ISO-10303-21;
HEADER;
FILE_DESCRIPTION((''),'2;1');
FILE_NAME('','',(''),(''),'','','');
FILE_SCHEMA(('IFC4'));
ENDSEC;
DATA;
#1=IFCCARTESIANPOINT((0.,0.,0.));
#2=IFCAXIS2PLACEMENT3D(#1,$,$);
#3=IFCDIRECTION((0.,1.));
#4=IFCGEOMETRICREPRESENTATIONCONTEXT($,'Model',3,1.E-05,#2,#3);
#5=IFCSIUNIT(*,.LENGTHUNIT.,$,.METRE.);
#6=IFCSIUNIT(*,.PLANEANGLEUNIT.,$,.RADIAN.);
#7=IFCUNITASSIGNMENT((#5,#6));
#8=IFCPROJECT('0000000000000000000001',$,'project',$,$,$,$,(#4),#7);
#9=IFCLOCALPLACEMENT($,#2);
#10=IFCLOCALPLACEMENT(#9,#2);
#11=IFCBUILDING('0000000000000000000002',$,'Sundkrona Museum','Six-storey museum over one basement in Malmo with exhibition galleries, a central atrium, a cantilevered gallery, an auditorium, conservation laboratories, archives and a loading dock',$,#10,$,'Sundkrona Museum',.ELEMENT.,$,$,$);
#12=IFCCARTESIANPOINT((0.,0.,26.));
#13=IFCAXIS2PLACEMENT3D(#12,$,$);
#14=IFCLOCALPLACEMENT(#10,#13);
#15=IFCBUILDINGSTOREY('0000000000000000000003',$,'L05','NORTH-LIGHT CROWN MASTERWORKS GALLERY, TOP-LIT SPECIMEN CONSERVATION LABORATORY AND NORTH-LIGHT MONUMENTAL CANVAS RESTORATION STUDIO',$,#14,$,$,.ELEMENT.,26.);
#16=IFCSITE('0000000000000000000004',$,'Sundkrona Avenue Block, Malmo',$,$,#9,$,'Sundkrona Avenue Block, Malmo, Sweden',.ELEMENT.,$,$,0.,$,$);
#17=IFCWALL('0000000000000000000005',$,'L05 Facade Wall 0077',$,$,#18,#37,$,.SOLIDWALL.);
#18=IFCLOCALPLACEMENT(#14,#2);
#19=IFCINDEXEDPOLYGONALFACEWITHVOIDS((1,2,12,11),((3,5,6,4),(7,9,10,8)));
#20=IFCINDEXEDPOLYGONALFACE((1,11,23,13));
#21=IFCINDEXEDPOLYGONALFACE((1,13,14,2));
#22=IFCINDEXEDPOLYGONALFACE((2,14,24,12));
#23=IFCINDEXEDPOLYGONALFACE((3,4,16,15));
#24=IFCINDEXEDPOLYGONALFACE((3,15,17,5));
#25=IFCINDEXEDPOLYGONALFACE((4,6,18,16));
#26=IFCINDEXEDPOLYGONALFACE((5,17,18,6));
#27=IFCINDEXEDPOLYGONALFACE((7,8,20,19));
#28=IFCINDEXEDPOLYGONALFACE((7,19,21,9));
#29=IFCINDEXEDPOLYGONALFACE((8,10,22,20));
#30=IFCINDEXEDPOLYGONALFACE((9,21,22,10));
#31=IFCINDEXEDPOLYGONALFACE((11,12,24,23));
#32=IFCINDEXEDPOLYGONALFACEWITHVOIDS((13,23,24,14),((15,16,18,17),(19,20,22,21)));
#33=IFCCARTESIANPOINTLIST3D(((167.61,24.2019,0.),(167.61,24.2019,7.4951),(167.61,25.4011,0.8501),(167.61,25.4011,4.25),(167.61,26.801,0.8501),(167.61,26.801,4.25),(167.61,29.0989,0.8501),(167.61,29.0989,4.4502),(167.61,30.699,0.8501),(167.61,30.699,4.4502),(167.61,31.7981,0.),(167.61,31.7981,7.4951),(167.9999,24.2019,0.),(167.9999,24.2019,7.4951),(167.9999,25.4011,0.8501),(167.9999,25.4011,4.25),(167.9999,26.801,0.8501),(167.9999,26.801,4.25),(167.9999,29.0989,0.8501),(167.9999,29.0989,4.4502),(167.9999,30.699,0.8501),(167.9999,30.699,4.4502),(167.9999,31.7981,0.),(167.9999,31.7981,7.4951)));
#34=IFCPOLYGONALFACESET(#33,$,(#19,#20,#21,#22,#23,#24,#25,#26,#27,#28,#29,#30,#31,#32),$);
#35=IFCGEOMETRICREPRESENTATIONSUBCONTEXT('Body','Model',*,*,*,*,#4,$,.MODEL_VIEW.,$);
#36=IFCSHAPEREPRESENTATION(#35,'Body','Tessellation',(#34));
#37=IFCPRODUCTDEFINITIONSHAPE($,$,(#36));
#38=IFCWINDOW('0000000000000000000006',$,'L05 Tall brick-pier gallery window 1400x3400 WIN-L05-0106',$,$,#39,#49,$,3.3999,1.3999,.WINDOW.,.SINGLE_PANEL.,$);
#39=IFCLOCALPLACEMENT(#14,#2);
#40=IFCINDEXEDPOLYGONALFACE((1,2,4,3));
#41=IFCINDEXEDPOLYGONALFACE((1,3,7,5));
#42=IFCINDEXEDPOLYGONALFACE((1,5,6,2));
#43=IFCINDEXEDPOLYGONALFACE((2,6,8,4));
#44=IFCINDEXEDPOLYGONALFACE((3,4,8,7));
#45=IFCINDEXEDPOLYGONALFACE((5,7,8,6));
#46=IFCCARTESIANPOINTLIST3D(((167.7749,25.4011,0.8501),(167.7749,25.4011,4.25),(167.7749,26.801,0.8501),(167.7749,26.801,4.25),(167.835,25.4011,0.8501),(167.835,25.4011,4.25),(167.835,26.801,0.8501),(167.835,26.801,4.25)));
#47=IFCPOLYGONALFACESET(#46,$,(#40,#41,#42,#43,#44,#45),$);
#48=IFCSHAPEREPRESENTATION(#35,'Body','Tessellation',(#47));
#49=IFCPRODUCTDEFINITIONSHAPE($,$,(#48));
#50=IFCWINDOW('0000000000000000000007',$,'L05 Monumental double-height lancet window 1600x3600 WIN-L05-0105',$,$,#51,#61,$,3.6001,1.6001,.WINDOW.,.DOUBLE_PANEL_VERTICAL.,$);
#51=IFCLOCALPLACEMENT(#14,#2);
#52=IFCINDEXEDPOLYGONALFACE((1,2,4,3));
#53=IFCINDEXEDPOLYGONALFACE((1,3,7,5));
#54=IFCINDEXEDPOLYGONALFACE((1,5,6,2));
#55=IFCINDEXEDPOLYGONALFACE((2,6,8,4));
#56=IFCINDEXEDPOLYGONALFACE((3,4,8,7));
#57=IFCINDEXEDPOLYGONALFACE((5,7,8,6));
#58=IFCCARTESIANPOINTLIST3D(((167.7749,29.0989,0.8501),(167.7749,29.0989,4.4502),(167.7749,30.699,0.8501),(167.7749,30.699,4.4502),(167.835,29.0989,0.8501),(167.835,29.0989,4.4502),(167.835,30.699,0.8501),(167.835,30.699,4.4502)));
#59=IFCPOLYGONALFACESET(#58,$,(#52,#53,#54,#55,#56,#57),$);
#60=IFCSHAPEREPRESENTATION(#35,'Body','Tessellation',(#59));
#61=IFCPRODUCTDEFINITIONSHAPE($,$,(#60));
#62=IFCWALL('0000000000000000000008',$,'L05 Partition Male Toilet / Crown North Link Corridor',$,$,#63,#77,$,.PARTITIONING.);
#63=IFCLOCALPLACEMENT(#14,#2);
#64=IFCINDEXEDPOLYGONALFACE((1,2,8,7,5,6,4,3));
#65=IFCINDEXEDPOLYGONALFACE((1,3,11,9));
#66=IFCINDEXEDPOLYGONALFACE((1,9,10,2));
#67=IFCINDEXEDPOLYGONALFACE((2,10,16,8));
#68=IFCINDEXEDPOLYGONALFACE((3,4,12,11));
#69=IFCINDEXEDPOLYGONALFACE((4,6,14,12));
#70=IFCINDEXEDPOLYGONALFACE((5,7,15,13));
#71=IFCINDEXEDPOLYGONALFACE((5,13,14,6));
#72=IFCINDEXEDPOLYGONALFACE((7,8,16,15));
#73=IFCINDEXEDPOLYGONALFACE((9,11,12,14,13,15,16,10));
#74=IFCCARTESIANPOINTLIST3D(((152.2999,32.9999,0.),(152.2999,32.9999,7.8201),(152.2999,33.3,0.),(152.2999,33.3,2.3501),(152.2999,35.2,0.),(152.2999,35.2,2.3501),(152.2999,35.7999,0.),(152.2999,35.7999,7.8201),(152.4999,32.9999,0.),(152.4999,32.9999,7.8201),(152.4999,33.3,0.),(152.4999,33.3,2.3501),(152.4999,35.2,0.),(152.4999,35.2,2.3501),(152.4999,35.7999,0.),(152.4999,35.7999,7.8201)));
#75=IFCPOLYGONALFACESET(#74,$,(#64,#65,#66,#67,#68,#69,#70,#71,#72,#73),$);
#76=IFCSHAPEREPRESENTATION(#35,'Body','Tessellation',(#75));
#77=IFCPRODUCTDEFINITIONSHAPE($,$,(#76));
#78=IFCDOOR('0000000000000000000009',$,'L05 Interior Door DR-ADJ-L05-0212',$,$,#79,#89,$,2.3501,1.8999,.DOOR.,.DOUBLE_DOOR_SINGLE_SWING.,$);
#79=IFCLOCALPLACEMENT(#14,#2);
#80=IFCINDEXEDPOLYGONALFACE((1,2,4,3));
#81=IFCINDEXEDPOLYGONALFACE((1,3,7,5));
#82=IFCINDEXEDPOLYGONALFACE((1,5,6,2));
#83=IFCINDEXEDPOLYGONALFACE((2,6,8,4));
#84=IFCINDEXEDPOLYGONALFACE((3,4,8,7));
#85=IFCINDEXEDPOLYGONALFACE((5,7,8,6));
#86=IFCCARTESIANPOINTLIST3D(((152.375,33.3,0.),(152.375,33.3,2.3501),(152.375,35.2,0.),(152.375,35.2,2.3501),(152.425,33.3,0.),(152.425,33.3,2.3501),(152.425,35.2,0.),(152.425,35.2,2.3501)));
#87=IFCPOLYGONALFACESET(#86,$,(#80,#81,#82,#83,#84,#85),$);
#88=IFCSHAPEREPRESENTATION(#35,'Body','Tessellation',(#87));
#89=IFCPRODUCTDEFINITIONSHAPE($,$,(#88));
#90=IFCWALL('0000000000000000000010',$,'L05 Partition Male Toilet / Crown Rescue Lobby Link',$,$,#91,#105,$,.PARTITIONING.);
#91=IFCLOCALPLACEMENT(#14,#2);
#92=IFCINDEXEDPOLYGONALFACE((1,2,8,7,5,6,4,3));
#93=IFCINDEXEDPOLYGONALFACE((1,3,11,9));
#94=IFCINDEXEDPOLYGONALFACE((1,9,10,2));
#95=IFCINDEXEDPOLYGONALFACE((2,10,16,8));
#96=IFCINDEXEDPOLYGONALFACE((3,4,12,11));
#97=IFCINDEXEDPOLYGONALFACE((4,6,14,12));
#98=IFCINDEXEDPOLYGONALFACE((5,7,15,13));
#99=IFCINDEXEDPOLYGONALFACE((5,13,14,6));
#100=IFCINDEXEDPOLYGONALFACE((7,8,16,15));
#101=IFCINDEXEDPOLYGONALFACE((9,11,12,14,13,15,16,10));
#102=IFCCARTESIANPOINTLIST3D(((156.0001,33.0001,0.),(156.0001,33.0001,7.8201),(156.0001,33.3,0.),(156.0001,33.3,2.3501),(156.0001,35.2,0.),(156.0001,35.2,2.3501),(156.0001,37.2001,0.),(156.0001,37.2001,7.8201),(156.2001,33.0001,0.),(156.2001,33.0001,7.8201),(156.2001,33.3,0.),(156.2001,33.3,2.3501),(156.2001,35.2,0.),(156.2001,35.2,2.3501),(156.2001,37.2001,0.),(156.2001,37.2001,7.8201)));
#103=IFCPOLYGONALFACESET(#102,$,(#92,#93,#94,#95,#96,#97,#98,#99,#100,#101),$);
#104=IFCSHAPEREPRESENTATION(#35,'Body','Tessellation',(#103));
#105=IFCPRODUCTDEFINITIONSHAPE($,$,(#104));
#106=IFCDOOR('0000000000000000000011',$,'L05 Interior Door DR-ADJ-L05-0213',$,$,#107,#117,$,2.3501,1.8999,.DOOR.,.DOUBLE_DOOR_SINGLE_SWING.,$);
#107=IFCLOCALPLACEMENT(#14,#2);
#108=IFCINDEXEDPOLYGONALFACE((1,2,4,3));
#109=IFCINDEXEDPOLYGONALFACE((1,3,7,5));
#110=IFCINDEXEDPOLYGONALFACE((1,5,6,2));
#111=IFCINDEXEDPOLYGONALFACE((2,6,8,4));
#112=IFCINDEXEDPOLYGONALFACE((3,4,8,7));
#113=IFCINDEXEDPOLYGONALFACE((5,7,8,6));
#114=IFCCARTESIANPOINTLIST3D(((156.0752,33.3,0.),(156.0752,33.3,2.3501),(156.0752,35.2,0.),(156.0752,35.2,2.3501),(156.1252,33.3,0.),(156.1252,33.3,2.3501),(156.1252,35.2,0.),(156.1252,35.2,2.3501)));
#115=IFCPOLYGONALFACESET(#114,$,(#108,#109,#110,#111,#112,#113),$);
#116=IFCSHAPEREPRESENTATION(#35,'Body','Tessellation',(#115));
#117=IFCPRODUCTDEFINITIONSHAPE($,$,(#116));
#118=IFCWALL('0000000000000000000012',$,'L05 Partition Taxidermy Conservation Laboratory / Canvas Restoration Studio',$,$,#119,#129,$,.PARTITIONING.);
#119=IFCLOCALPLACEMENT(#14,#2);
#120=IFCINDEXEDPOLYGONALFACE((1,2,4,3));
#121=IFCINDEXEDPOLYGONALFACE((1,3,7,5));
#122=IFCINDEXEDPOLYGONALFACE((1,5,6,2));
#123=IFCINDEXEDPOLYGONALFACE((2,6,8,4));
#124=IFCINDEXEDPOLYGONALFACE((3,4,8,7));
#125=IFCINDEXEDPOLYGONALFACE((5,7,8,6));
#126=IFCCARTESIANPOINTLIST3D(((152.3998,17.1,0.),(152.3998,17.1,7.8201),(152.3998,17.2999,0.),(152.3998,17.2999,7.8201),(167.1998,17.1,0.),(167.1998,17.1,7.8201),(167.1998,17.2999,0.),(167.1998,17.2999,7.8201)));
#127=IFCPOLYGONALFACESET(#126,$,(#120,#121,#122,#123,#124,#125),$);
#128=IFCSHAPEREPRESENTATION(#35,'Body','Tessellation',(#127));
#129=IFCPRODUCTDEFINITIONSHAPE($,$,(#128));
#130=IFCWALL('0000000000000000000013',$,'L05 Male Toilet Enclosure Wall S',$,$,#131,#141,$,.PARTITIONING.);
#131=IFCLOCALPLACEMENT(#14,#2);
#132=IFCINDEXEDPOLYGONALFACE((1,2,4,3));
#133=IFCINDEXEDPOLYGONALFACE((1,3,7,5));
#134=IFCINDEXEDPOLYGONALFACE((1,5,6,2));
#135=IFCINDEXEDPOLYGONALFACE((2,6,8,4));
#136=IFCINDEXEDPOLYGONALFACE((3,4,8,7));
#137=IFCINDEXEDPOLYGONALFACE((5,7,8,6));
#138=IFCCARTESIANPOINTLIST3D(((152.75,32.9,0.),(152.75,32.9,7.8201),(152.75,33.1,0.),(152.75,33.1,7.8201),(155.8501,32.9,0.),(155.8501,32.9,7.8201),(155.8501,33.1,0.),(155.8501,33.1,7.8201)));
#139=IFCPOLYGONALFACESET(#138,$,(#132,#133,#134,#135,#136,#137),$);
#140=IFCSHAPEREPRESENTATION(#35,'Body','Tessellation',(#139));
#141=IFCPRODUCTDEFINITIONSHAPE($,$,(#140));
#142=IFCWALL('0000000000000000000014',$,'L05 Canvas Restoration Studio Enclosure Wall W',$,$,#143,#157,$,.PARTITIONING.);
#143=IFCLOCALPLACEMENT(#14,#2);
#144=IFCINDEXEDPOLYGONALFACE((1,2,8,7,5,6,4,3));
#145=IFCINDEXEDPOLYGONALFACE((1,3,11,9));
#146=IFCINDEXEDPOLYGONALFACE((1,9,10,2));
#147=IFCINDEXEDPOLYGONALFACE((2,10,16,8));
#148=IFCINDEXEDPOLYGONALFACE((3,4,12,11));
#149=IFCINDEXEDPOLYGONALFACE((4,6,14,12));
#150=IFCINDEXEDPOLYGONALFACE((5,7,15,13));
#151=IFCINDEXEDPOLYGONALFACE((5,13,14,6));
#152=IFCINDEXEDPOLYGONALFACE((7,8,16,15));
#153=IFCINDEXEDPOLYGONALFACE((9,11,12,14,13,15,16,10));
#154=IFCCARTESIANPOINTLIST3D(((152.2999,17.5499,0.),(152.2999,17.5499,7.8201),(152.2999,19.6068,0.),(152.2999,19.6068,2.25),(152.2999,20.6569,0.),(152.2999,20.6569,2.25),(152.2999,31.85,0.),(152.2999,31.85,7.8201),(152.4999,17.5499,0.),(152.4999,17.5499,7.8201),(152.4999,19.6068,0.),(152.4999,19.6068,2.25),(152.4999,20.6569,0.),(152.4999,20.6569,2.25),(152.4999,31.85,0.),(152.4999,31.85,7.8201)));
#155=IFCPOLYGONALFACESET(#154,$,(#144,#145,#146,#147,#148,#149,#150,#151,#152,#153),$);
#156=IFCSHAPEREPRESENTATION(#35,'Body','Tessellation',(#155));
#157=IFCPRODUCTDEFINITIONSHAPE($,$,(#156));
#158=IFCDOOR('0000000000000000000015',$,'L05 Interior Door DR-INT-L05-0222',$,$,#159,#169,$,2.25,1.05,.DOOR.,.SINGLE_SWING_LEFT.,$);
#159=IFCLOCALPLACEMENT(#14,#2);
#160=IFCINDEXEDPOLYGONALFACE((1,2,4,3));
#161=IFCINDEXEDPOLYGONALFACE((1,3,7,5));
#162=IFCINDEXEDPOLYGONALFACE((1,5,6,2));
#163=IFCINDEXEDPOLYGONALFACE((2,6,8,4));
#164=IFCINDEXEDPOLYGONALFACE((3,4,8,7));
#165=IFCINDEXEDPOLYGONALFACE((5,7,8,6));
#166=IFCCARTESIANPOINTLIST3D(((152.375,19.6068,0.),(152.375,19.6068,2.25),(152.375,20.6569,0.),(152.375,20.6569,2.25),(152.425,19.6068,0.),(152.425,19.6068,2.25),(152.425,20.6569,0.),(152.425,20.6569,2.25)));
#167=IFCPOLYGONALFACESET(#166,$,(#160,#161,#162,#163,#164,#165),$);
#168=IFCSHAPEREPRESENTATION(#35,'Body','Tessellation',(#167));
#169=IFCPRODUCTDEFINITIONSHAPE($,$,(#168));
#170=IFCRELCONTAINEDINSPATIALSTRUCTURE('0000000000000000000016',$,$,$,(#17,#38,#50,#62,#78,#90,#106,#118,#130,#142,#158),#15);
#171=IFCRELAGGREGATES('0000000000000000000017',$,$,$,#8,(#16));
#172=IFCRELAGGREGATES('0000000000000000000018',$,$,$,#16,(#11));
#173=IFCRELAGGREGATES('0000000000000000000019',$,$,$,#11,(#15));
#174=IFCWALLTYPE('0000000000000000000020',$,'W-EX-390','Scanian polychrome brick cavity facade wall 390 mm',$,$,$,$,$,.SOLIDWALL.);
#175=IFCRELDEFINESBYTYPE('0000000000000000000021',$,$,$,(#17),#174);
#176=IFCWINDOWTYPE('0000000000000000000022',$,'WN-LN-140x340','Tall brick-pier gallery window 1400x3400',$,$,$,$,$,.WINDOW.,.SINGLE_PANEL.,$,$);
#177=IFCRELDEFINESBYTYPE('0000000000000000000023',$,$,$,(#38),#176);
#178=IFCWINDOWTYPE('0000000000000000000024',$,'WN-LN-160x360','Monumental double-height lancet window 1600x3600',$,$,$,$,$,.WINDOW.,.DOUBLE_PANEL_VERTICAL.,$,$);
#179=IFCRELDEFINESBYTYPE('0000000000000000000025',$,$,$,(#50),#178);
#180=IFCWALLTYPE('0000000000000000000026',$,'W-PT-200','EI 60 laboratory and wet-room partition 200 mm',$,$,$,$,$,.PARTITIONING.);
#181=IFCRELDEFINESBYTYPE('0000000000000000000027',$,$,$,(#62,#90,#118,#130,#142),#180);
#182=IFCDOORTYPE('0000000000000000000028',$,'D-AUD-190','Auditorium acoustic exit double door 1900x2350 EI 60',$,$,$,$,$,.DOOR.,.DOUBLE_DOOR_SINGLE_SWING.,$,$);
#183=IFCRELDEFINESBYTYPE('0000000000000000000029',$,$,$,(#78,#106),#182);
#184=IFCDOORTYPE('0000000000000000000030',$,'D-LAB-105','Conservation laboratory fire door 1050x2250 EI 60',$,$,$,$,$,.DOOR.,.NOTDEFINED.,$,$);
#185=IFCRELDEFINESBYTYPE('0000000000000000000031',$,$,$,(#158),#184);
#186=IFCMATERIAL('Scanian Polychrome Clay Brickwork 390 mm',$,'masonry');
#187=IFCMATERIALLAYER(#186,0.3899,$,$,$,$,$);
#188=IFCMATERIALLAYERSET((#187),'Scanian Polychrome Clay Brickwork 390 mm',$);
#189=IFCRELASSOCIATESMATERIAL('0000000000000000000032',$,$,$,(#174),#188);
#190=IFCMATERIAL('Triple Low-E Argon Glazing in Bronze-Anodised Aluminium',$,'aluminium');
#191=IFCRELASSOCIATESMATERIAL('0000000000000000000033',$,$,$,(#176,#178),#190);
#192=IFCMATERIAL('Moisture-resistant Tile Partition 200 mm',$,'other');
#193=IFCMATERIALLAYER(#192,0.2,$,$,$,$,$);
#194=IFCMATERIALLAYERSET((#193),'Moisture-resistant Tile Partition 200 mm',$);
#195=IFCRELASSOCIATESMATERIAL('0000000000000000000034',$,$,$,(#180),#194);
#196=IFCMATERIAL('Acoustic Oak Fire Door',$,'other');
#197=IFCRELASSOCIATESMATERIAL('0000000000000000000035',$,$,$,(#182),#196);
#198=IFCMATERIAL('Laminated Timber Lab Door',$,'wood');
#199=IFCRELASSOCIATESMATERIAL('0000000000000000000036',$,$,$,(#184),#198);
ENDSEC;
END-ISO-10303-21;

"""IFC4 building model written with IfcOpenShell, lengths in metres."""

from ifc_helpers import new_model, si_unit, direction, frame, frame_2d, origin, place, context, subcontext, project, spatial, rectangle, extrude, material, layer, layer_set, type_object, element, fill, save


model = new_model("IFC4")

# Units and contexts
model_context = context("Model", 3, precision=1e-05, world=origin(), true_north=direction((0.0, 1.0)))
body_context = subcontext(model_context, "Body", "Model", "MODEL_VIEW")
ifc_project = project(units=[si_unit("LENGTHUNIT", "METRE"), si_unit("PLANEANGLEUNIT", "RADIAN")], contexts=[model_context])

# Site, building, storey
site_placement = place(None, origin())
site = spatial("IfcSite", under=ifc_project, at=site_placement, Name="Sundkrona Avenue Block, Malmo", LongName="Sundkrona Avenue Block, Malmo, Sweden", CompositionType="ELEMENT", RefElevation=0.0)
building_placement = place(site_placement, origin())
building = spatial("IfcBuilding", under=site, at=building_placement, Name="Sundkrona Museum", Description="Six-storey museum over one basement in Malmo with exhibition galleries, a central atrium, a cantilevered gallery, an auditorium, conservation laboratories, archives and a loading dock", LongName="Sundkrona Museum", CompositionType="ELEMENT")
storey_placement = place(building_placement, frame((0.0, 0.0, 26.0)))
storey = spatial("IfcBuildingStorey", under=building, at=storey_placement, Name="L05", Description="NORTH-LIGHT CROWN MASTERWORKS GALLERY, TOP-LIT SPECIMEN CONSERVATION LABORATORY AND NORTH-LIGHT MONUMENTAL CANVAS RESTORATION STUDIO", CompositionType="ELEMENT", Elevation=26.0)

# Wall, openings, windows
ifc_material_1 = material(Name="Scanian Polychrome Clay Brickwork 390 mm", Category="masonry")
ifc_layer_1 = layer(ifc_material_1, 0.3899)
ifc_layer_set_1 = layer_set([ifc_layer_1], Name="Scanian Polychrome Clay Brickwork 390 mm")
wall_type_1 = type_object("IfcWallType", Name="W-EX-390", Description="Scanian polychrome brick cavity facade wall 390 mm", PredefinedType="SOLIDWALL", material=ifc_layer_set_1)
ifc_material_2 = material(Name="Triple Low-E Argon Glazing in Bronze-Anodised Aluminium", Category="aluminium")
window_type_1 = type_object("IfcWindowType", Name="WN-LN-140x340", Description="Tall brick-pier gallery window 1400x3400", PartitioningType="SINGLE_PANEL", PredefinedType="WINDOW", material=ifc_material_2)
window_type_2 = type_object("IfcWindowType", Name="WN-LN-160x360", Description="Monumental double-height lancet window 1600x3600", PartitioningType="DOUBLE_PANEL_VERTICAL", PredefinedType="WINDOW", material=ifc_material_2)
wall_1_placement = place(storey_placement, frame((167.8049, 31.7981, 0.0), z_axis=(0.0, 0.0, 1.0), x_axis=(0.0, -1.0, 0.0)))
wall_1 = element("IfcWall", 1, at=wall_1_placement, inside=storey, type_object=wall_type_1, Name="L05 Facade Wall 0077", PredefinedType="SOLIDWALL", context=body_context, shape_type="SweptSolid", body=[
    extrude(rectangle(XDim=7.5962, YDim=0.3899, at=frame_2d((3.7981, 0.0))), origin(), (0.0, 0.0, 1.0), 7.4951),
])
opening_1_placement = place(wall_1_placement, frame((1.0991, 0.0, 0.8501)))
opening_1 = element("IfcOpeningElement", 2, at=opening_1_placement, cuts=wall_1, PredefinedType="OPENING", context=body_context, shape_type="SweptSolid", body=[
    extrude(rectangle(XDim=1.6001, YDim=3.6001, at=frame_2d((0.8, 1.8))), frame((0.0, 0.2048, 0.0), z_axis=(0.0, -1.0, 0.0), x_axis=(1.0, 0.0, 0.0)), (0.0, 0.0, 1.0), 0.4099),
])
opening_2_placement = place(wall_1_placement, frame((4.9971, 0.0, 0.8501)))
opening_2 = element("IfcOpeningElement", 3, at=opening_2_placement, cuts=wall_1, PredefinedType="OPENING", context=body_context, shape_type="SweptSolid", body=[
    extrude(rectangle(XDim=1.3999, YDim=3.3999, at=frame_2d((0.7, 1.7))), frame((0.0, 0.2048, 0.0), z_axis=(0.0, -1.0, 0.0), x_axis=(1.0, 0.0, 0.0)), (0.0, 0.0, 1.0), 0.4099),
])
window_1_placement = place(opening_2_placement, origin())
window_1 = element("IfcWindow", 4, at=window_1_placement, inside=storey, type_object=window_type_1, Name="L05 Tall brick-pier gallery window 1400x3400 WIN-L05-0106", OverallHeight=3.3999, OverallWidth=1.3999, PartitioningType="SINGLE_PANEL", PredefinedType="WINDOW", context=body_context, shape_type="SweptSolid", body=[
    extrude(rectangle(XDim=1.3999, YDim=3.3999, at=frame_2d((0.7, 1.7))), frame((0.0, 0.03, 0.0), z_axis=(0.0, -1.0, 0.0), x_axis=(1.0, 0.0, 0.0)), (0.0, 0.0, 1.0), 0.0601),
])
fill(opening_2, window_1)
window_2_placement = place(opening_1_placement, origin())
window_2 = element("IfcWindow", 5, at=window_2_placement, inside=storey, type_object=window_type_2, Name="L05 Monumental double-height lancet window 1600x3600 WIN-L05-0105", OverallHeight=3.6001, OverallWidth=1.6001, PartitioningType="DOUBLE_PANEL_VERTICAL", PredefinedType="WINDOW", context=body_context, shape_type="SweptSolid", body=[
    extrude(rectangle(XDim=1.6001, YDim=3.6001, at=frame_2d((0.8, 1.8))), frame((0.0, 0.03, 0.0), z_axis=(0.0, -1.0, 0.0), x_axis=(1.0, 0.0, 0.0)), (0.0, 0.0, 1.0), 0.0601),
])
fill(opening_1, window_2)

# Walls, openings, doors
ifc_material_3 = material(Name="Moisture-resistant Tile Partition 200 mm", Category="other")
ifc_layer_2 = layer(ifc_material_3, 0.2)
ifc_layer_set_2 = layer_set([ifc_layer_2], Name="Moisture-resistant Tile Partition 200 mm")
wall_type_2 = type_object("IfcWallType", Name="W-PT-200", Description="EI 60 laboratory and wet-room partition 200 mm", PredefinedType="PARTITIONING", material=ifc_layer_set_2)
wall_2_placement = place(storey_placement, frame((152.3999, 33.0, 0.0), z_axis=(0.0, 0.0, 1.0), x_axis=(0.0, 1.0, 0.0)))
wall_2 = element("IfcWall", 6, at=wall_2_placement, inside=storey, type_object=wall_type_2, Name="L05 Partition Male Toilet / Crown North Link Corridor", PredefinedType="PARTITIONING", context=body_context, shape_type="SweptSolid", body=[
    extrude(rectangle(XDim=2.8, YDim=0.2, at=frame_2d((1.3999, 0.0))), origin(), (0.0, 0.0, 1.0), 7.8201),
])
opening_3_placement = place(wall_2_placement, frame((0.3, 0.0, 0.0)))
opening_3 = element("IfcOpeningElement", 7, at=opening_3_placement, cuts=wall_2, PredefinedType="OPENING", context=body_context, shape_type="SweptSolid", body=[
    extrude(rectangle(XDim=1.8999, YDim=2.3501, at=frame_2d((0.95, 1.175))), frame((0.0, 0.1099, 0.0), z_axis=(0.0, -1.0, 0.0), x_axis=(1.0, 0.0, 0.0)), (0.0, 0.0, 1.0), 0.22),
])
ifc_material_4 = material(Name="Acoustic Oak Fire Door", Category="other")
door_type_1 = type_object("IfcDoorType", Name="D-AUD-190", Description="Auditorium acoustic exit double door 1900x2350 EI 60", OperationType="DOUBLE_DOOR_SINGLE_SWING", PredefinedType="DOOR", material=ifc_material_4)
door_1_placement = place(opening_3_placement, origin())
door_1 = element("IfcDoor", 8, at=door_1_placement, inside=storey, type_object=door_type_1, Name="L05 Interior Door DR-ADJ-L05-0212", OperationType="DOUBLE_DOOR_SINGLE_SWING", OverallHeight=2.3501, OverallWidth=1.8999, PredefinedType="DOOR", context=body_context, shape_type="SweptSolid", body=[
    extrude(rectangle(XDim=1.8999, YDim=2.3501, at=frame_2d((0.95, 1.175))), frame((0.0, 0.0249, 0.0), z_axis=(0.0, -1.0, 0.0), x_axis=(1.0, 0.0, 0.0)), (0.0, 0.0, 1.0), 0.05),
])
fill(opening_3, door_1)
wall_3_placement = place(storey_placement, frame((156.1001, 33.0, 0.0), z_axis=(0.0, 0.0, 1.0), x_axis=(0.0, 1.0, 0.0)))
wall_3 = element("IfcWall", 9, at=wall_3_placement, inside=storey, type_object=wall_type_2, Name="L05 Partition Male Toilet / Crown Rescue Lobby Link", PredefinedType="PARTITIONING", context=body_context, shape_type="SweptSolid", body=[
    extrude(rectangle(XDim=4.2, YDim=0.2, at=frame_2d((2.1001, 0.0))), origin(), (0.0, 0.0, 1.0), 7.8201),
])
opening_4_placement = place(wall_3_placement, frame((0.3, 0.0, 0.0)))
opening_4 = element("IfcOpeningElement", 10, at=opening_4_placement, cuts=wall_3, PredefinedType="OPENING", context=body_context, shape_type="SweptSolid", body=[
    extrude(rectangle(XDim=1.8999, YDim=2.3501, at=frame_2d((0.95, 1.175))), frame((0.0, 0.1099, 0.0), z_axis=(0.0, -1.0, 0.0), x_axis=(1.0, 0.0, 0.0)), (0.0, 0.0, 1.0), 0.22),
])
door_2_placement = place(opening_4_placement, origin())
door_2 = element("IfcDoor", 11, at=door_2_placement, inside=storey, type_object=door_type_1, Name="L05 Interior Door DR-ADJ-L05-0213", OperationType="DOUBLE_DOOR_SINGLE_SWING", OverallHeight=2.3501, OverallWidth=1.8999, PredefinedType="DOOR", context=body_context, shape_type="SweptSolid", body=[
    extrude(rectangle(XDim=1.8999, YDim=2.3501, at=frame_2d((0.95, 1.175))), frame((0.0, 0.0249, 0.0), z_axis=(0.0, -1.0, 0.0), x_axis=(1.0, 0.0, 0.0)), (0.0, 0.0, 1.0), 0.05),
])
fill(opening_4, door_2)

# Walls
wall_4_placement = place(storey_placement, frame((152.3999, 17.2, 0.0), z_axis=(0.0, 0.0, 1.0), x_axis=(1.0, 0.0, 0.0)))
element("IfcWall", 12, at=wall_4_placement, inside=storey, type_object=wall_type_2, Name="L05 Partition Taxidermy Conservation Laboratory / Canvas Restoration Studio", PredefinedType="PARTITIONING", context=body_context, shape_type="SweptSolid", body=[
    extrude(rectangle(XDim=14.8, YDim=0.2, at=frame_2d((7.3999, 0.0))), origin(), (0.0, 0.0, 1.0), 7.8201),
])
wall_5_placement = place(storey_placement, frame((152.75, 33.0, 0.0), z_axis=(0.0, 0.0, 1.0), x_axis=(1.0, 0.0, 0.0)))
element("IfcWall", 13, at=wall_5_placement, inside=storey, type_object=wall_type_2, Name="L05 Male Toilet Enclosure Wall S", PredefinedType="PARTITIONING", context=body_context, shape_type="SweptSolid", body=[
    extrude(rectangle(XDim=3.1001, YDim=0.2, at=frame_2d((1.55, 0.0))), origin(), (0.0, 0.0, 1.0), 7.8201),
])

# Wall, opening, door
wall_6_placement = place(storey_placement, frame((152.3999, 17.55, 0.0), z_axis=(0.0, 0.0, 1.0), x_axis=(0.0, 1.0, 0.0)))
wall_6 = element("IfcWall", 14, at=wall_6_placement, inside=storey, type_object=wall_type_2, Name="L05 Canvas Restoration Studio Enclosure Wall W", PredefinedType="PARTITIONING", context=body_context, shape_type="SweptSolid", body=[
    extrude(rectangle(XDim=14.3, YDim=0.2, at=frame_2d((7.1499, 0.0))), origin(), (0.0, 0.0, 1.0), 7.8201),
])
opening_5_placement = place(wall_6_placement, frame((2.0569, 0.0, 0.0)))
opening_5 = element("IfcOpeningElement", 15, at=opening_5_placement, cuts=wall_6, PredefinedType="OPENING", context=body_context, shape_type="SweptSolid", body=[
    extrude(rectangle(XDim=1.05, YDim=2.25, at=frame_2d((0.5249, 1.125))), frame((0.0, 0.1099, 0.0), z_axis=(0.0, -1.0, 0.0), x_axis=(1.0, 0.0, 0.0)), (0.0, 0.0, 1.0), 0.22),
])
ifc_material_5 = material(Name="Laminated Timber Lab Door", Category="wood")
door_type_2 = type_object("IfcDoorType", Name="D-LAB-105", Description="Conservation laboratory fire door 1050x2250 EI 60", OperationType="NOTDEFINED", PredefinedType="DOOR", material=ifc_material_5)
door_3_placement = place(opening_5_placement, origin())
door_3 = element("IfcDoor", 16, at=door_3_placement, inside=storey, type_object=door_type_2, Name="L05 Interior Door DR-INT-L05-0222", OperationType="SINGLE_SWING_LEFT", OverallHeight=2.25, OverallWidth=1.05, PredefinedType="DOOR", context=body_context, shape_type="SweptSolid", body=[
    extrude(rectangle(XDim=1.05, YDim=2.25, at=frame_2d((0.5249, 1.125))), frame((0.0, 0.0249, 0.0), z_axis=(0.0, -1.0, 0.0), x_axis=(1.0, 0.0, 0.0)), (0.0, 0.0, 1.0), 0.05),
])
fill(opening_5, door_3)

save(model, "model.ifc")
